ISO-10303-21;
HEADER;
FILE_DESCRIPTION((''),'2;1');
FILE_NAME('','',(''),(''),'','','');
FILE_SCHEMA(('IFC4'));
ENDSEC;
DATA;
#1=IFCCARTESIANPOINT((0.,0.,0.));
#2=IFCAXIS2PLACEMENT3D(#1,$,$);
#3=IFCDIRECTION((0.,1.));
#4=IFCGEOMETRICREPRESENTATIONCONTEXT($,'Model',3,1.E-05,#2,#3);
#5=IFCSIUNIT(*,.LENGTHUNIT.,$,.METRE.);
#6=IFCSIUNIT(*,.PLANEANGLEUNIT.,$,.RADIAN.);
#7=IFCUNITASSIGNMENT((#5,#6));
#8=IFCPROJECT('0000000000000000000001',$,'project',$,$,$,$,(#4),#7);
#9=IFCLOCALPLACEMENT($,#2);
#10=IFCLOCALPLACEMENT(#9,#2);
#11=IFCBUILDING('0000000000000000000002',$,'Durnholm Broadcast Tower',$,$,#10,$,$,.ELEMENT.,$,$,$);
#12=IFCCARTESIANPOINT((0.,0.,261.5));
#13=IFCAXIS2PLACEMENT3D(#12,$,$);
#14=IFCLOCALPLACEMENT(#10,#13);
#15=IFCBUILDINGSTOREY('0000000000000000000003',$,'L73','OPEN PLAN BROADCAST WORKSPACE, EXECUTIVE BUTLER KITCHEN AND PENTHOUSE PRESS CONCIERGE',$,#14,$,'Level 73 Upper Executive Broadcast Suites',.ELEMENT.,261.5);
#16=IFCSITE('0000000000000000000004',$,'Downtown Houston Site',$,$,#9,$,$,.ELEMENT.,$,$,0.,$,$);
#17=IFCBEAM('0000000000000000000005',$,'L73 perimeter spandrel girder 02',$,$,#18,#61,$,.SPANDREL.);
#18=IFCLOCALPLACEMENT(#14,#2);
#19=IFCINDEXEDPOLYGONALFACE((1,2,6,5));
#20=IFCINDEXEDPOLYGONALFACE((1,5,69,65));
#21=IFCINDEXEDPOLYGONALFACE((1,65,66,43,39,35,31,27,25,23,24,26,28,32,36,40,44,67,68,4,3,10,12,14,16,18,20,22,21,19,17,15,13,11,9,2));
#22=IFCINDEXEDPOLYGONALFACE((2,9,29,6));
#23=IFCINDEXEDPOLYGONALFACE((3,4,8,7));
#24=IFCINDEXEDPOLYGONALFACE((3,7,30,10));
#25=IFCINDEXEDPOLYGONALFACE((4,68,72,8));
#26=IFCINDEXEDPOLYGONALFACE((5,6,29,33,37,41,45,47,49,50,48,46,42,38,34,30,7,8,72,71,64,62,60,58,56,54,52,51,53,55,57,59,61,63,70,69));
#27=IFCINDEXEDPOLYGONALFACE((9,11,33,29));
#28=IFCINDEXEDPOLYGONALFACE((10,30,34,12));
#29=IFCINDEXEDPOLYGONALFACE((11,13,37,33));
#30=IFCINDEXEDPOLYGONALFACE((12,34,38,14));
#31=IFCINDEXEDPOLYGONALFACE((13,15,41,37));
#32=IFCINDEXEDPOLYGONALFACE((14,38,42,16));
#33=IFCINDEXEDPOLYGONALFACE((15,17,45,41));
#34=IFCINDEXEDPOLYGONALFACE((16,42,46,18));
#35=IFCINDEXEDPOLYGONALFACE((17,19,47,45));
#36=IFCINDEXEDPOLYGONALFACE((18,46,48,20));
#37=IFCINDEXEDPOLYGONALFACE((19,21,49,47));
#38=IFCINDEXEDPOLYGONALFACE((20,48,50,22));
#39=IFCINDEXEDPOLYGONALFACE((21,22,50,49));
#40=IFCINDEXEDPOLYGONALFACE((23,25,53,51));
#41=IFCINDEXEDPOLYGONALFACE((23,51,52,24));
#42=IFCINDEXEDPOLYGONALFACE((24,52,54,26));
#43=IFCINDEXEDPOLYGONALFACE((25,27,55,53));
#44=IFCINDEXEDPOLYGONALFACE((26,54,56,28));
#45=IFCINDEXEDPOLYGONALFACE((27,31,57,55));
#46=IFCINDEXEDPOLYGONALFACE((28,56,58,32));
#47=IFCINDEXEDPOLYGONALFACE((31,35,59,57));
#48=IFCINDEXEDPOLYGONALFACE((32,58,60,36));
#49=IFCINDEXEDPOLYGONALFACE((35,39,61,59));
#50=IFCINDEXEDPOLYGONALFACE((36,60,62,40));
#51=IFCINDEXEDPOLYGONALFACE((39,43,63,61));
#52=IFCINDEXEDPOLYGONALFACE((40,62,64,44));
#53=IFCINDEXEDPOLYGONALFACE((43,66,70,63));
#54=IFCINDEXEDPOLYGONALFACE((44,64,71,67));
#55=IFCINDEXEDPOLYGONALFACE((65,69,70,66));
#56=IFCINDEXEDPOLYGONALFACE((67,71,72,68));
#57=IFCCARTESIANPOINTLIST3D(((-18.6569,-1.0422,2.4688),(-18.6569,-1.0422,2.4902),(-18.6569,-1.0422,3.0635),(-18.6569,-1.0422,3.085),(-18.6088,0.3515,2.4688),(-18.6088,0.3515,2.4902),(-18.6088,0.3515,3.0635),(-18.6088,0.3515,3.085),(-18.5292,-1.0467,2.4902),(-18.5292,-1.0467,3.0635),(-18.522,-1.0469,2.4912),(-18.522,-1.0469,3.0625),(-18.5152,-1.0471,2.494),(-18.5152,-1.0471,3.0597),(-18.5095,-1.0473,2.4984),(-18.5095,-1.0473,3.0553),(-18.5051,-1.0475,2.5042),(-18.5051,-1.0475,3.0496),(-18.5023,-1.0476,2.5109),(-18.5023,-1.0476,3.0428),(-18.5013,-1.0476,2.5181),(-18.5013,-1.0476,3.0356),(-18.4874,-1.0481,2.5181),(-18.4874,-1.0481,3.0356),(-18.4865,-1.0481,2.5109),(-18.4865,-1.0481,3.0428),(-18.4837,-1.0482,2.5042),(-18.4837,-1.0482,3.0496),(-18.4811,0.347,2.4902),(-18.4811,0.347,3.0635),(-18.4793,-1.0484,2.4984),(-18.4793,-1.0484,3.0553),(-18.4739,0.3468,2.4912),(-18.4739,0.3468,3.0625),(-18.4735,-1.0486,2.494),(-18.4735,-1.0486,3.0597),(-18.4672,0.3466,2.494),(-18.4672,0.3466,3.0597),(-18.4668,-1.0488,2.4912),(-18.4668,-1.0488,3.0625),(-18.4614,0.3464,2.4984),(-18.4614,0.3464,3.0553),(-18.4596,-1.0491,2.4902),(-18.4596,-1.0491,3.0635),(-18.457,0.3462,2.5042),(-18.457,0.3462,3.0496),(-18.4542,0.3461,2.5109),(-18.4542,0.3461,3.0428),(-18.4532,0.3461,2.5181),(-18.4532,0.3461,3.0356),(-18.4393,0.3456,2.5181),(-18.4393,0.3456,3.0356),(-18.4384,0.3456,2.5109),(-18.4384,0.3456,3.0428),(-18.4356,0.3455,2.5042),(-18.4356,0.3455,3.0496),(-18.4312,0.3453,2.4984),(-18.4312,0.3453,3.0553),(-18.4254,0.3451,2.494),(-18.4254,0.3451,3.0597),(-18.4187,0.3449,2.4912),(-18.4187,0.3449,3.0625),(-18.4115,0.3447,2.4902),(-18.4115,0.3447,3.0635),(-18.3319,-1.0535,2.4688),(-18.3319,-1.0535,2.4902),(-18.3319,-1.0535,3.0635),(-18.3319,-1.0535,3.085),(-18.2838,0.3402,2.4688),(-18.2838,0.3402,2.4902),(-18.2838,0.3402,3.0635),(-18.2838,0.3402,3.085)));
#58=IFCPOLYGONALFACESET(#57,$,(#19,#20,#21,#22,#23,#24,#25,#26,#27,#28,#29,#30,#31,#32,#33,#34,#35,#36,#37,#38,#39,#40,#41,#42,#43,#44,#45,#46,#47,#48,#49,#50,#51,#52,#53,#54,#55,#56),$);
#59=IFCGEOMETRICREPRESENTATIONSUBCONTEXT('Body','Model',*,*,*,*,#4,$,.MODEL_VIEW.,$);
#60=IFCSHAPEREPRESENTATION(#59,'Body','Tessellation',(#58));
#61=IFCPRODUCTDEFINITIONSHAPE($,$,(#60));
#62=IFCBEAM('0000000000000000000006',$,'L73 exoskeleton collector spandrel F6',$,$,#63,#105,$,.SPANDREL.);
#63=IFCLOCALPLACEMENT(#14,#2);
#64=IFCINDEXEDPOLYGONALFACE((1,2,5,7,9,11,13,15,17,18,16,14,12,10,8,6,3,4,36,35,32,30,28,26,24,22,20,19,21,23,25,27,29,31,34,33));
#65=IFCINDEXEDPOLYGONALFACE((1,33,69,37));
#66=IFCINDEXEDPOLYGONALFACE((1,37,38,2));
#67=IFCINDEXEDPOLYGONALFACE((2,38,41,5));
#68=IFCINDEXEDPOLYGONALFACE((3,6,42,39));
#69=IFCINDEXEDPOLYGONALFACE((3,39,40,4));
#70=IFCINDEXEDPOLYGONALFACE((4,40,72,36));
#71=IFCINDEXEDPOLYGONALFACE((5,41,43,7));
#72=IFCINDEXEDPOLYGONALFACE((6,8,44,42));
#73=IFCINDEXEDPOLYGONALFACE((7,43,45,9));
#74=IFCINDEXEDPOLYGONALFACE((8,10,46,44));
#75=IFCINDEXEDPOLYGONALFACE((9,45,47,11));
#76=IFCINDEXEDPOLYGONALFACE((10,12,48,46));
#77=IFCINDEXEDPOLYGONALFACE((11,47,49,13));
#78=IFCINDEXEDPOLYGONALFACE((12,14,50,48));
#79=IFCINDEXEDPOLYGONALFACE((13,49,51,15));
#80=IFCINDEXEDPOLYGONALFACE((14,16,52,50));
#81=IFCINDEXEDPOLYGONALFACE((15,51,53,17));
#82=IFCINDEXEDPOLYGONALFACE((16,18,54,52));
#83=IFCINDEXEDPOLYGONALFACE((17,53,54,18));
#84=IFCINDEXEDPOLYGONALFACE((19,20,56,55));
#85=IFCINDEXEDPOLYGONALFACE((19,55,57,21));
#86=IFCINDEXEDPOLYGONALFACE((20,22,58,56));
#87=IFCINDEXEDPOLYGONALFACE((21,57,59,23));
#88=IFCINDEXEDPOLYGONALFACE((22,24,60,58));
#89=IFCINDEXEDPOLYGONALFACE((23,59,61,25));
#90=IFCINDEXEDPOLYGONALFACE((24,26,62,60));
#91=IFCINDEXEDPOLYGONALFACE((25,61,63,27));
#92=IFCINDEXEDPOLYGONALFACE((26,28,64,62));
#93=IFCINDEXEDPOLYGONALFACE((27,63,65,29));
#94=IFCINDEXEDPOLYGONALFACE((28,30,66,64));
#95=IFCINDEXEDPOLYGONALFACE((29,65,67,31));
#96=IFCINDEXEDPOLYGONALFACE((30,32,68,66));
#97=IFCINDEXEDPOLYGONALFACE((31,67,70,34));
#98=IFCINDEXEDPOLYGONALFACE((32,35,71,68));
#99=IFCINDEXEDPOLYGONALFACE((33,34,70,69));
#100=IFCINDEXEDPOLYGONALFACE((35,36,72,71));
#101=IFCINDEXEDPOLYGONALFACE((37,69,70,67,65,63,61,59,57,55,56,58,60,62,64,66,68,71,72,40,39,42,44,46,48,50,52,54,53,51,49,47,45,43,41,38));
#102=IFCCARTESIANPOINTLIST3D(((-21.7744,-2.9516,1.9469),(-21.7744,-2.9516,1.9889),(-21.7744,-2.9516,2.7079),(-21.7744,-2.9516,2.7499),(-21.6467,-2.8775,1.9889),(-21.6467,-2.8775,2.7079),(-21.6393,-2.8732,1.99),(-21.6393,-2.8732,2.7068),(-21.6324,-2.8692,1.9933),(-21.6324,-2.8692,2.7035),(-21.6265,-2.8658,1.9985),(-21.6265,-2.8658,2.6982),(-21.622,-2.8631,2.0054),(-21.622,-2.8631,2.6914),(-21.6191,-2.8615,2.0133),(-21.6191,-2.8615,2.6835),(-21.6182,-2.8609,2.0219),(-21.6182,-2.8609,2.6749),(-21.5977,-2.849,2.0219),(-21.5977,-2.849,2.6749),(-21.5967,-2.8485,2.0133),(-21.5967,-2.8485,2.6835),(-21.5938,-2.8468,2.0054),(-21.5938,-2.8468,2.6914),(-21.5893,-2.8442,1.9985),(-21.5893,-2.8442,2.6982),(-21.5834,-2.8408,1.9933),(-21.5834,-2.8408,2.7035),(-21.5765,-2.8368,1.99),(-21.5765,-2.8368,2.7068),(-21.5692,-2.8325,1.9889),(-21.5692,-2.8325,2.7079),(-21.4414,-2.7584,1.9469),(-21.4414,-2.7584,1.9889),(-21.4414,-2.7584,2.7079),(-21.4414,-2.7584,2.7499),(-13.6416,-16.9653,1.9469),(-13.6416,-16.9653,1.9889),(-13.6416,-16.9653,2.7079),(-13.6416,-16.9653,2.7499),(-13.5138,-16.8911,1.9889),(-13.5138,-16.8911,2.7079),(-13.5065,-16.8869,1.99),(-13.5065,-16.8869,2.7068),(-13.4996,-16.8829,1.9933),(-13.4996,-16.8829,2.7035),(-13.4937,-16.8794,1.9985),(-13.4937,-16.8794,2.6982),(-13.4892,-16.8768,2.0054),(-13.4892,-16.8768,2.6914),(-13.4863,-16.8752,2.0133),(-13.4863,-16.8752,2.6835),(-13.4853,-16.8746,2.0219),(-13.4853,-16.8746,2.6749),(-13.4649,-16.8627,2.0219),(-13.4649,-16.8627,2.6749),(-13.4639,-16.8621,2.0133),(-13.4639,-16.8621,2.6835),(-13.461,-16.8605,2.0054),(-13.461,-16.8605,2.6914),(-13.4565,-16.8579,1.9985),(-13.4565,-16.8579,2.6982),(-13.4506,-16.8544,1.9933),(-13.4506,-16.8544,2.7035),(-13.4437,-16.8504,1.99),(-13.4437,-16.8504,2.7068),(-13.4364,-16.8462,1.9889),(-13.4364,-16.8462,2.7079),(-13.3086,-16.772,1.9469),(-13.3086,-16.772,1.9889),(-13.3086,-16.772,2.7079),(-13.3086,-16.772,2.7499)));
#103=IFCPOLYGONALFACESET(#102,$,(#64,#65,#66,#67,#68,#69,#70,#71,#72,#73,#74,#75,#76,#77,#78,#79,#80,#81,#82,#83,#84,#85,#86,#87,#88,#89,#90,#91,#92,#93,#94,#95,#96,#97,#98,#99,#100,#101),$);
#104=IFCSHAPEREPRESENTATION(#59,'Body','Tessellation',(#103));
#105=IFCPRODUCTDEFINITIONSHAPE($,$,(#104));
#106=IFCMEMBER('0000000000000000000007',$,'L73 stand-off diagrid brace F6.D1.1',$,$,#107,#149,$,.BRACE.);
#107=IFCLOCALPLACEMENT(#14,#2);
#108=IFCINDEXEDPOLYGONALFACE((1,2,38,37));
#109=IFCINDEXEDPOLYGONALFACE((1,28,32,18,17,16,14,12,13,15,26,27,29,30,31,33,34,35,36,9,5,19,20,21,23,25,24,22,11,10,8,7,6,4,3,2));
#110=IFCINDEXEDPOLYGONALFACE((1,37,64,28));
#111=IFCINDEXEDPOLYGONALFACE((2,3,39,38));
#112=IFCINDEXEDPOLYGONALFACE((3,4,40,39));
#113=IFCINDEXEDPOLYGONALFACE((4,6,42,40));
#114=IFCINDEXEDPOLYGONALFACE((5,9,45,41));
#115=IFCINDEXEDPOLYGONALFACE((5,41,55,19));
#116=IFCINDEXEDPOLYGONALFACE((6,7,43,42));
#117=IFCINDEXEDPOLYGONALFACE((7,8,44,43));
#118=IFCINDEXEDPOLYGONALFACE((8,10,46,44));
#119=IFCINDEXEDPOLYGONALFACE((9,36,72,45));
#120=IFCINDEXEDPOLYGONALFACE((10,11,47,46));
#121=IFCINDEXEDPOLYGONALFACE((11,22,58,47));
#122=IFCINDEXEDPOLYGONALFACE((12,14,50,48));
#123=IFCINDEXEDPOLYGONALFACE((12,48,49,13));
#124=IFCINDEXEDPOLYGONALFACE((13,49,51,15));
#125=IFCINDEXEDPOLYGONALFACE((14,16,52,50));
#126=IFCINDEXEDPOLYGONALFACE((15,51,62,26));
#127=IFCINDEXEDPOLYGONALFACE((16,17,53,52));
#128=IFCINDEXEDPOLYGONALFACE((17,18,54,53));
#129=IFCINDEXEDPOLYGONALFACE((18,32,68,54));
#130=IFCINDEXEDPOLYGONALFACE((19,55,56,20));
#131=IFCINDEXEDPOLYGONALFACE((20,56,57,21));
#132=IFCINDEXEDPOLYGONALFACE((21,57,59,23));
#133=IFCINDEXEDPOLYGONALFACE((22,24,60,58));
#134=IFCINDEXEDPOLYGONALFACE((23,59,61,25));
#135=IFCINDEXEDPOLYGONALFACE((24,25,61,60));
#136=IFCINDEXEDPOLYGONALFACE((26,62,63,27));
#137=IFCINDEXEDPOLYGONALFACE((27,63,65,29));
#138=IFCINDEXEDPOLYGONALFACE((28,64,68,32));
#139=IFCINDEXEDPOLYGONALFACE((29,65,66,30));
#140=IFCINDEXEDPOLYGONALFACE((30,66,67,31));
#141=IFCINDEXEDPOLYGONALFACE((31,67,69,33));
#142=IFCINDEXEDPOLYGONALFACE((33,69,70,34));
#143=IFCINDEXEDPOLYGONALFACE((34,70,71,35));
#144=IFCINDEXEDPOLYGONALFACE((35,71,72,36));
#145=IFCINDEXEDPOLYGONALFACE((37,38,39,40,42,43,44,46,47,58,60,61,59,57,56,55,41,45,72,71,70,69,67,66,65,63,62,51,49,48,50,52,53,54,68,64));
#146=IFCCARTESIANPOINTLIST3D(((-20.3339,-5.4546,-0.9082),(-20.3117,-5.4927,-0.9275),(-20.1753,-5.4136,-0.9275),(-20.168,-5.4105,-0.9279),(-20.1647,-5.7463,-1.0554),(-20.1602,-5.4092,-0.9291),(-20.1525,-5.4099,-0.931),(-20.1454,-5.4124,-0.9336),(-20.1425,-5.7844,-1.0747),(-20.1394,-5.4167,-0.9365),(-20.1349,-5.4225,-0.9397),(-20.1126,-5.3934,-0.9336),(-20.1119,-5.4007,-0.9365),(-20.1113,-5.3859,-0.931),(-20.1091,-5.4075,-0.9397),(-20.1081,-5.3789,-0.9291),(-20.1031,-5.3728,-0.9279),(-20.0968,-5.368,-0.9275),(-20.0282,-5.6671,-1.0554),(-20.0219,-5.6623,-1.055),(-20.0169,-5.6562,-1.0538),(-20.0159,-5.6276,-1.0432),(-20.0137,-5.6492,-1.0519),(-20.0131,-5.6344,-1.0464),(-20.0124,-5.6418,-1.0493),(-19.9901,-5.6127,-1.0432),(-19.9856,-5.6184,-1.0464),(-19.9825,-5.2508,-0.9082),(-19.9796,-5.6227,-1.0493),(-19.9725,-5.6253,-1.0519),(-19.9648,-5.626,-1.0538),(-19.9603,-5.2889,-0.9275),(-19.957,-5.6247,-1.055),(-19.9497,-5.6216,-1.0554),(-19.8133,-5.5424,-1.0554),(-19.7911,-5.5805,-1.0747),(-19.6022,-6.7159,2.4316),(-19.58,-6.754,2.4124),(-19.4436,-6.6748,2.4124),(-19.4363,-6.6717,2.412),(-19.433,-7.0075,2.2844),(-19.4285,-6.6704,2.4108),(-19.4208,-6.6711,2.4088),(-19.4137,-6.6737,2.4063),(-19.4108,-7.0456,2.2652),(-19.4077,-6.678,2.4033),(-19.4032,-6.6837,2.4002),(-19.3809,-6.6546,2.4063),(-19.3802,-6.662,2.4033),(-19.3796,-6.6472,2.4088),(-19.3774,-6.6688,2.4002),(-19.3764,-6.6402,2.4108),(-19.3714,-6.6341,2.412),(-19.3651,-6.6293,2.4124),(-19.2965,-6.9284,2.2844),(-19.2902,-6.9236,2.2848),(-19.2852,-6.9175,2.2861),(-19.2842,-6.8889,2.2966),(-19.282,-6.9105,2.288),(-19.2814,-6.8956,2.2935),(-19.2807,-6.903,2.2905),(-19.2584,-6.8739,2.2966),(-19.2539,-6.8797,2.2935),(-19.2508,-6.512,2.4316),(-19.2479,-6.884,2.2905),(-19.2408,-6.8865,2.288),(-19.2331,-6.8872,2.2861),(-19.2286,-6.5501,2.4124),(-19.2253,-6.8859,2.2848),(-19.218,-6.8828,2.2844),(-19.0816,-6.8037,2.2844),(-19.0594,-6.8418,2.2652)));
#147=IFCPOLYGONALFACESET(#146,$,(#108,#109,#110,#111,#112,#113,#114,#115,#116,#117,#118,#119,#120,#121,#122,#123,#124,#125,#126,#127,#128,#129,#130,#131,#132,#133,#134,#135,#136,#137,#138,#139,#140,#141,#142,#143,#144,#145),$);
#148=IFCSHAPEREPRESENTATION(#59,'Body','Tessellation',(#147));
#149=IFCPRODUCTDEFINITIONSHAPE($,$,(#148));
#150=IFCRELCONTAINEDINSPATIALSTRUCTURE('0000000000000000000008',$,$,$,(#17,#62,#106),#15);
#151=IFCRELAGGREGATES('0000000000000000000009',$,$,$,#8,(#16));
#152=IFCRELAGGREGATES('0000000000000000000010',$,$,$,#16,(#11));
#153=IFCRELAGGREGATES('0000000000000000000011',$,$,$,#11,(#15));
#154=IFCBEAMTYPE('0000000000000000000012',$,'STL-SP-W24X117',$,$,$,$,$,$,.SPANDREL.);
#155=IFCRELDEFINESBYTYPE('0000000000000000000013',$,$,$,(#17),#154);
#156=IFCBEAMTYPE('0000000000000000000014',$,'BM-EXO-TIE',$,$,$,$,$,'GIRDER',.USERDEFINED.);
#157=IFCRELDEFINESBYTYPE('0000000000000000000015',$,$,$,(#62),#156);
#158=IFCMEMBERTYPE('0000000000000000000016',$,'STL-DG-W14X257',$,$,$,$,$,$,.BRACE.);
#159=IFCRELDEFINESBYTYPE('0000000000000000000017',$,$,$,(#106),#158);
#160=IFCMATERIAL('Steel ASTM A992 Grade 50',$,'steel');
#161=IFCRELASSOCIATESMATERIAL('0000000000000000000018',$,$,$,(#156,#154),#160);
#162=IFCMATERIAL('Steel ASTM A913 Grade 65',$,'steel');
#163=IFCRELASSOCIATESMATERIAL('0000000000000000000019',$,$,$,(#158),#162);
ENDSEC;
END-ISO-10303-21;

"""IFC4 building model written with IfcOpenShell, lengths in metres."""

from ifc_helpers import new_model, si_unit, direction, frame, origin, origin_2d, place, context, subcontext, project, spatial, i_section, extrude, source, transform, mapped, material, material_profile, profile_set, type_object, type_shapes, element, save


model = new_model("IFC4")

# Units and contexts
model_context = context("Model", 3, precision=1e-05, world=origin(), true_north=direction((0.0, 1.0)))
body_context = subcontext(model_context, "Body", "Model", "MODEL_VIEW")
ifc_project = project(units=[si_unit("LENGTHUNIT", "METRE"), si_unit("PLANEANGLEUNIT", "RADIAN")], contexts=[model_context])

# Site, building, storey
site_placement = place(None, origin())
site = spatial("IfcSite", under=ifc_project, at=site_placement, Name="Downtown Houston Site", CompositionType="ELEMENT", RefElevation=0.0)
building_placement = place(site_placement, origin())
building = spatial("IfcBuilding", under=site, at=building_placement, Name="Durnholm Broadcast Tower", CompositionType="ELEMENT")
storey_placement = place(building_placement, frame((0.0, 0.0, 261.5)))
storey = spatial("IfcBuildingStorey", under=building, at=storey_placement, Name="L73", Description="OPEN PLAN BROADCAST WORKSPACE, EXECUTIVE BUTLER KITCHEN AND PENTHOUSE PRESS CONCIERGE", LongName="Level 73 Upper Executive Broadcast Suites", CompositionType="ELEMENT", Elevation=261.5)

# Beams
ifc_material_1 = material(Name="Steel ASTM A992 Grade 50", Category="steel")
ifc_material_profile_1 = material_profile(ifc_material_1, i_section(OverallWidth=0.385, OverallDepth=0.803, WebThickness=0.0237, FlangeThickness=0.042, FilletRadius=0.033, at=origin_2d()), Name="W30X261")
ifc_profile_set_1 = profile_set([ifc_material_profile_1], Name="Steel ASTM A992 Grade 50")
beam_type_1 = type_object("IfcBeamType", Name="BM-EXO-TIE", ElementType="GIRDER", PredefinedType="USERDEFINED", material=ifc_profile_set_1)
ifc_material_profile_2 = material_profile(ifc_material_1, i_section(OverallWidth=0.3252, OverallDepth=0.6162, WebThickness=0.0139, FlangeThickness=0.0215, FilletRadius=0.0278, at=origin_2d()), Name="W24X117")
ifc_profile_set_2 = profile_set([ifc_material_profile_2], Name="Steel ASTM A992 Grade 50")
beam_type_2 = type_object("IfcBeamType", Name="STL-SP-W24X117", PredefinedType="SPANDREL", material=ifc_profile_set_2)
shared_shape_1 = source(origin(), body_context, "Body", "SweptSolid", [
    extrude(i_section(OverallWidth=0.3252, OverallDepth=0.6162, WebThickness=0.0139, FlangeThickness=0.0215, FilletRadius=0.0278, at=origin_2d()), origin(), (0.0, 0.0, 1.0), 1.3945),
])
beam_1_placement = place(storey_placement, frame((-18.4944, -1.0479, 2.7769), z_axis=(0.034486, 0.999405, 0.0), x_axis=(-0.999405, 0.034486, 0.0)))
element("IfcBeam", 1, at=beam_1_placement, inside=storey, type_object=beam_type_2, Name="L73 perimeter spandrel girder 02", PredefinedType="SPANDREL", context=body_context, shape_type="MappedRepresentation", body=[
    mapped(shared_shape_1, transform((0.0, 0.0, 0.0), x_axis=(1.0, 0.0, 0.0), y_axis=(0.0, 1.0, 0.0), z_axis=(0.0, 0.0, 1.0), scale=1.0)),
])
shared_shape_2 = source(origin(), body_context, "Body", "SweptSolid", [
    extrude(i_section(OverallWidth=0.385, OverallDepth=0.803, WebThickness=0.0237, FlangeThickness=0.042, FilletRadius=0.033, at=origin_2d()), origin(), (0.0, 0.0, 1.0), 16.2026),
])
beam_2_placement = place(storey_placement, frame((-21.6079, -2.855, 2.3484), z_axis=(0.501944, -0.8649, 0.0), x_axis=(0.8649, 0.501944, 0.0)))
element("IfcBeam", 2, at=beam_2_placement, inside=storey, type_object=beam_type_1, Name="L73 exoskeleton collector spandrel F6", PredefinedType="SPANDREL", context=body_context, shape_type="MappedRepresentation", body=[
    mapped(shared_shape_2, transform((0.0, 0.0, 0.0), x_axis=(1.0, 0.0, 0.0), y_axis=(0.0, 1.0, 0.0), z_axis=(0.0, 0.0, 1.0), scale=1.0)),
])

# Member
ifc_material_2 = material(Name="Steel ASTM A913 Grade 65", Category="steel")
ifc_material_profile_3 = material_profile(ifc_material_2, i_section(OverallWidth=0.4062, OverallDepth=0.416, WebThickness=0.0298, FlangeThickness=0.0481, FilletRadius=0.0305, at=origin_2d()), Name="W14X257")
ifc_profile_set_3 = profile_set([ifc_material_profile_3], Name="Steel ASTM A913 Grade 65")
member_type_1 = type_object("IfcMemberType", Name="STL-DG-W14X257", PredefinedType="BRACE", material=ifc_profile_set_3)
shared_shape_3 = source(origin(), body_context, "Body", "SweptSolid", [
    extrude(i_section(OverallWidth=0.4062, OverallDepth=0.416, WebThickness=0.0298, FlangeThickness=0.0481, FilletRadius=0.0305, at=origin_2d()), origin(), (0.0, 0.0, 1.0), 3.6443),
])
type_shapes(member_type_1, [shared_shape_3])
for number, where, z_axis, x_axis, name in (
    (3, (-20.0625, -5.5176, -0.9915), (0.200779, -0.346087, 0.916467), (0.864979, 0.501808, 0.0), "L73 stand-off diagrid brace F6.D1.1"),
):
    element("IfcMember", number, at=place(storey_placement, frame(where, z_axis=z_axis, x_axis=x_axis)), inside=storey, type_object=member_type_1, Name=name, PredefinedType="BRACE", context=body_context, shape_type="MappedRepresentation", body=[
        mapped(shared_shape_3, transform((0.0, 0.0, 0.0), x_axis=(1.0, 0.0, 0.0), y_axis=(0.0, 1.0, 0.0), z_axis=(0.0, 0.0, 1.0), scale=1.0)),
    ])

save(model, "model.ifc")
